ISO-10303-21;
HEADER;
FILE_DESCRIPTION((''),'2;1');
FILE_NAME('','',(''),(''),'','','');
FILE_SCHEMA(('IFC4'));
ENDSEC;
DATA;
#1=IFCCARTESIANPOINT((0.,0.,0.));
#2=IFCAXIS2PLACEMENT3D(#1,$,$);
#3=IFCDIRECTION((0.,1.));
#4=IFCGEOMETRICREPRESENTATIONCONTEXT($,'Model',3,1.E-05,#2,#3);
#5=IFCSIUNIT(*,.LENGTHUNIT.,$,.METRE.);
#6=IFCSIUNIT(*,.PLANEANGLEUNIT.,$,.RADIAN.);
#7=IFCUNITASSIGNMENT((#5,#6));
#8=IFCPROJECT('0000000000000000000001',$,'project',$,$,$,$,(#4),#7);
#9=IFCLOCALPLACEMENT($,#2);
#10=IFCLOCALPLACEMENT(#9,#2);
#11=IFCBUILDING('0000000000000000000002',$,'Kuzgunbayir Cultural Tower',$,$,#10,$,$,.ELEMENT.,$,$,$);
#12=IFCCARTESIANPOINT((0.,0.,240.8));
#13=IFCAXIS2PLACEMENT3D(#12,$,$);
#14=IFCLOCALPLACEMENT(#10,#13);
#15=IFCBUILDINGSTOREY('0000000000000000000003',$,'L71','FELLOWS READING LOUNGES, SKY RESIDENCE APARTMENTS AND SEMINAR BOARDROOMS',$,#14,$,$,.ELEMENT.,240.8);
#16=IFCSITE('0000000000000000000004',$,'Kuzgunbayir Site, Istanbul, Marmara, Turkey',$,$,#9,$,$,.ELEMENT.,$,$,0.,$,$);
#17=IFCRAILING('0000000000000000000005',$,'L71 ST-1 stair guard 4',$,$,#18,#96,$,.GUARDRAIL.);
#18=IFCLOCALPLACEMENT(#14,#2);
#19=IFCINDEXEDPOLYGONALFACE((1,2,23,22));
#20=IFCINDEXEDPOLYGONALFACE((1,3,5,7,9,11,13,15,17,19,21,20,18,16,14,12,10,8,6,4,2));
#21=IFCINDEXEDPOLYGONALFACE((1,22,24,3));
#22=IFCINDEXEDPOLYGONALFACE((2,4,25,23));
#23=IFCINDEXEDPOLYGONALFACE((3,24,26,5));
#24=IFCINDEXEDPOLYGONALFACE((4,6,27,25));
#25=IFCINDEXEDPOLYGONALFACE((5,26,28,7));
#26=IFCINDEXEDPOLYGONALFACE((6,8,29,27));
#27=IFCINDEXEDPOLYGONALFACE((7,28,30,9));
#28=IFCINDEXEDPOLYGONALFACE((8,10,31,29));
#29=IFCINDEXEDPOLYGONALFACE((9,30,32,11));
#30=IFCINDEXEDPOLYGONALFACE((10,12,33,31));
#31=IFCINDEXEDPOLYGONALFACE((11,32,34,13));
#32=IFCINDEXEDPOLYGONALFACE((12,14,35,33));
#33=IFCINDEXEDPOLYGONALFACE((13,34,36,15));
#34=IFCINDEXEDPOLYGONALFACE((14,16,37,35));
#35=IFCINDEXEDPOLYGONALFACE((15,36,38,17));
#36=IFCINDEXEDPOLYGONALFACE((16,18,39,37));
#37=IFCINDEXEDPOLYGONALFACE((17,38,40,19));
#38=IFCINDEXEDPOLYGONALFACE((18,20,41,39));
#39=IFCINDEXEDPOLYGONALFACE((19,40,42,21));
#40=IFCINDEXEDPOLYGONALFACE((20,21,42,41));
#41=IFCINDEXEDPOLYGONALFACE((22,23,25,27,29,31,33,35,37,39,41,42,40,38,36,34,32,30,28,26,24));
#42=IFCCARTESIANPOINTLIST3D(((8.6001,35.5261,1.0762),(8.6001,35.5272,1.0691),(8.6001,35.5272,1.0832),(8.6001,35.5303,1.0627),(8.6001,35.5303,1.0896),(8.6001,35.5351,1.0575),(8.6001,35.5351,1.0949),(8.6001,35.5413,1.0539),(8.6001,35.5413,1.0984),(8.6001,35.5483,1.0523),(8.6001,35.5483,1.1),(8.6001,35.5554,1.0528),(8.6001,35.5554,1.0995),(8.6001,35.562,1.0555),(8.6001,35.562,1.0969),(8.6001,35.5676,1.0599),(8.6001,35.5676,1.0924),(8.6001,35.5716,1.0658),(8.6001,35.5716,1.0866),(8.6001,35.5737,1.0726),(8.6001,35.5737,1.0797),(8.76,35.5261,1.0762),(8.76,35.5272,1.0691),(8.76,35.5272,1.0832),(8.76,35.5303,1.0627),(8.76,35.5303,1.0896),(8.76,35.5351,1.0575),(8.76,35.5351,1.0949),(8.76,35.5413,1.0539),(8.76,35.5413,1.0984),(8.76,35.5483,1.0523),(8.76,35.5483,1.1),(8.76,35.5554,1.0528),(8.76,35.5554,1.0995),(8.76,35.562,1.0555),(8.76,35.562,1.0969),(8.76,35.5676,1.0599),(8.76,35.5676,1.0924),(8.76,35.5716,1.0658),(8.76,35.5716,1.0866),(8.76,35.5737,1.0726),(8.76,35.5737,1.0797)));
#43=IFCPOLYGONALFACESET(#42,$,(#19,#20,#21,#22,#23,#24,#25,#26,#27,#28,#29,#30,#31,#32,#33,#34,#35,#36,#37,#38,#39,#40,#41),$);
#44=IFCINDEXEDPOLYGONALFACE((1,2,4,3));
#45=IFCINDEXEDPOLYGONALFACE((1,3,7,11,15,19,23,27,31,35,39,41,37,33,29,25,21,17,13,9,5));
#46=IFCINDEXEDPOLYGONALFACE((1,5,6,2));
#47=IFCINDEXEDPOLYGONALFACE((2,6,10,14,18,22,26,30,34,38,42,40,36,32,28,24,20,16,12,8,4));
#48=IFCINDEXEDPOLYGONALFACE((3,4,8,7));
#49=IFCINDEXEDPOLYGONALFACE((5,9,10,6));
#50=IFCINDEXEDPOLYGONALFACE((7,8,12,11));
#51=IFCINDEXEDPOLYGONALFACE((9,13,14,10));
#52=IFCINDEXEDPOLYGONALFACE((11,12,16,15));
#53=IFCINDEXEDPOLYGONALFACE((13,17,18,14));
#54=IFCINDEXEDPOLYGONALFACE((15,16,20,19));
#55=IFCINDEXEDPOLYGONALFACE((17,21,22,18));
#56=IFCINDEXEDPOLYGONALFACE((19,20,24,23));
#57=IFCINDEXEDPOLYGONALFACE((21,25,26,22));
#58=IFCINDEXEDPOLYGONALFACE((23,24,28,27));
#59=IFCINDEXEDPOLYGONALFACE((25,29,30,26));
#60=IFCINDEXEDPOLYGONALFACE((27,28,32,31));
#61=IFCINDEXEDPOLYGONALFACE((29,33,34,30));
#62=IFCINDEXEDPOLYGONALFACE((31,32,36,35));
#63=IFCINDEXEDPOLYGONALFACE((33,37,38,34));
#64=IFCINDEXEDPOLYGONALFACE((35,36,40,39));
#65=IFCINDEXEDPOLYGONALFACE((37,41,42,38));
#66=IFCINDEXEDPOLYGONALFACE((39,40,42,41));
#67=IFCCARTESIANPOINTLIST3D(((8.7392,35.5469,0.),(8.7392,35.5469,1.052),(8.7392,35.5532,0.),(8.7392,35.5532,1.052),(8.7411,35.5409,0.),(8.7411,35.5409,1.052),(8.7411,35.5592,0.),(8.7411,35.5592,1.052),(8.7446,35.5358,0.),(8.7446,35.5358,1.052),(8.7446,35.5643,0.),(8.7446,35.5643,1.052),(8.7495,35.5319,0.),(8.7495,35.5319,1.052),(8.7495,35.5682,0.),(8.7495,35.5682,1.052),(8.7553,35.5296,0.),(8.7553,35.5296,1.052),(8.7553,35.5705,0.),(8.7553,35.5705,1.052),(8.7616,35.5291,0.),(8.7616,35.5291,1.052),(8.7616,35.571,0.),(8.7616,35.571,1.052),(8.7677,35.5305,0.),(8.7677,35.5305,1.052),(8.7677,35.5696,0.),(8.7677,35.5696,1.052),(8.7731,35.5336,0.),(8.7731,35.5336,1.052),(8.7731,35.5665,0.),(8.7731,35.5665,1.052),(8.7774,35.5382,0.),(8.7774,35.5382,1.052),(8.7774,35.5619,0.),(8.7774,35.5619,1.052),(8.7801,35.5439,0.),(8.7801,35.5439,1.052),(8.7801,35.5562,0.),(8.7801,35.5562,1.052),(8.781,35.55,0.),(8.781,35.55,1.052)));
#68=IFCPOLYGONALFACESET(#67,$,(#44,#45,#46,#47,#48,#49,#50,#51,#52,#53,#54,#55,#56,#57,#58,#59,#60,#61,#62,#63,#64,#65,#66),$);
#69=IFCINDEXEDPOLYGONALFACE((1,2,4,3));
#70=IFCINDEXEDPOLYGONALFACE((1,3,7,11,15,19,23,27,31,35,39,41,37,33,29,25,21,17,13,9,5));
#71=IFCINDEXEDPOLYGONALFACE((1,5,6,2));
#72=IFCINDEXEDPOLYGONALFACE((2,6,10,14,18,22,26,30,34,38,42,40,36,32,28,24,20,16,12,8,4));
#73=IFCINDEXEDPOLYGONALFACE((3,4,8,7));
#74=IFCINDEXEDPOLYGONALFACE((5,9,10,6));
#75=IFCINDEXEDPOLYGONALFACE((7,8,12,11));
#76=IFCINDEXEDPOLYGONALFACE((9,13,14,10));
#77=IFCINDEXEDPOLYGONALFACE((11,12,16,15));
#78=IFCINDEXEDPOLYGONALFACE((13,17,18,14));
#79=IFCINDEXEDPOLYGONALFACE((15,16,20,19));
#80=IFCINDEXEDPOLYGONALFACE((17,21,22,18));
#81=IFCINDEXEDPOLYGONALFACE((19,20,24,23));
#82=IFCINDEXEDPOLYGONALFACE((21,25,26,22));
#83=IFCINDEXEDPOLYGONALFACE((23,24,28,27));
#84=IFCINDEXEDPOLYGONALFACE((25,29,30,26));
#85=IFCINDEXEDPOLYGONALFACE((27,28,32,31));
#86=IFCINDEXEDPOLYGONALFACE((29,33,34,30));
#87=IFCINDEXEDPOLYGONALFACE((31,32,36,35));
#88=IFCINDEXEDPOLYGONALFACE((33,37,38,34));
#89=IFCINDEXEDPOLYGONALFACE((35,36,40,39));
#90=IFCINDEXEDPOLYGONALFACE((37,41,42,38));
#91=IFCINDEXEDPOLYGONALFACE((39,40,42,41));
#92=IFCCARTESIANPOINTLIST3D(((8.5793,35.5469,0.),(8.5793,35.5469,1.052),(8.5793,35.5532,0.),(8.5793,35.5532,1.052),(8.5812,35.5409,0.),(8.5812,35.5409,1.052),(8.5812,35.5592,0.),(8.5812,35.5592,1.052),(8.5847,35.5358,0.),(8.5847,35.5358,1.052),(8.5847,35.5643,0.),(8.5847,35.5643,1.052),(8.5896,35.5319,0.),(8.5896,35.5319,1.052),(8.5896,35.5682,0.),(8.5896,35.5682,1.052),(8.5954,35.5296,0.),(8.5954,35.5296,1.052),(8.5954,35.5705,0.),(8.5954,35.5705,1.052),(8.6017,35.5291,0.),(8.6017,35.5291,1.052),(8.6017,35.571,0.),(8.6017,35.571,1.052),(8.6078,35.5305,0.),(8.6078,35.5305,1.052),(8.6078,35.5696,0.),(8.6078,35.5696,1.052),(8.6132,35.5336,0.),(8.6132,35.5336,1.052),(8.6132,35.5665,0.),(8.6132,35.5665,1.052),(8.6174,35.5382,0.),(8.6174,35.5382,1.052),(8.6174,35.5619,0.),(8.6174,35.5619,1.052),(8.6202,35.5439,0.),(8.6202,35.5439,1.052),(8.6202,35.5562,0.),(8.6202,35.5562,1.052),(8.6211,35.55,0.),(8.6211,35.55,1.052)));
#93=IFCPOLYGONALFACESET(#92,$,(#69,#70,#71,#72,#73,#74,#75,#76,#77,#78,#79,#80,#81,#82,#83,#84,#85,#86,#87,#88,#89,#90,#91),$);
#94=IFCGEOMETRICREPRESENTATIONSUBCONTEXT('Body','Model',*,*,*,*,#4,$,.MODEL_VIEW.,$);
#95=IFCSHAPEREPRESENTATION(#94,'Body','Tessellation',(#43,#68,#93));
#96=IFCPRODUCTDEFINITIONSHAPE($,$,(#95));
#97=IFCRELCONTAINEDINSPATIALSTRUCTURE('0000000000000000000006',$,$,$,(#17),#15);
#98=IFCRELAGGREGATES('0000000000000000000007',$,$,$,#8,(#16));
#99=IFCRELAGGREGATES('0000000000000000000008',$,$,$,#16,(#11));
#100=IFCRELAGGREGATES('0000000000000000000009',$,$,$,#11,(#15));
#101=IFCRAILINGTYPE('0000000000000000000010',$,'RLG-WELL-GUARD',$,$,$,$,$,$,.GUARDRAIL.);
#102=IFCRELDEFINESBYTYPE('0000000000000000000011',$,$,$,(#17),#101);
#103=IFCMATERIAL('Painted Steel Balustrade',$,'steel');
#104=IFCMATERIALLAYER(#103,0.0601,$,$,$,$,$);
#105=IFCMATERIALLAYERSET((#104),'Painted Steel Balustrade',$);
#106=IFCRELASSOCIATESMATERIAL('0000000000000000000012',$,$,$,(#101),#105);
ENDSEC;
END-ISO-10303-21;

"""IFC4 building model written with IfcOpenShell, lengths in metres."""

from ifc_helpers import new_model, si_unit, direction, frame, origin, origin_2d, place, context, subcontext, project, spatial, circle, extrude, material, layer, layer_set, type_object, element, save


model = new_model("IFC4")

# Units and contexts
model_context = context("Model", 3, precision=1e-05, world=origin(), true_north=direction((0.0, 1.0)))
body_context = subcontext(model_context, "Body", "Model", "MODEL_VIEW")
ifc_project = project(units=[si_unit("LENGTHUNIT", "METRE"), si_unit("PLANEANGLEUNIT", "RADIAN")], contexts=[model_context])

# Site, building, storey
site_placement = place(None, origin())
site = spatial("IfcSite", under=ifc_project, at=site_placement, Name="Kuzgunbayir Site, Istanbul, Marmara, Turkey", CompositionType="ELEMENT", RefElevation=0.0)
building_placement = place(site_placement, origin())
building = spatial("IfcBuilding", under=site, at=building_placement, Name="Kuzgunbayir Cultural Tower", CompositionType="ELEMENT")
storey_placement = place(building_placement, frame((0.0, 0.0, 240.8)))
storey = spatial("IfcBuildingStorey", under=building, at=storey_placement, Name="L71", Description="FELLOWS READING LOUNGES, SKY RESIDENCE APARTMENTS AND SEMINAR BOARDROOMS", CompositionType="ELEMENT", Elevation=240.8)

# Railing
ifc_material_1 = material(Name="Painted Steel Balustrade", Category="steel")
ifc_layer_1 = layer(ifc_material_1, 0.0601)
ifc_layer_set_1 = layer_set([ifc_layer_1], Name="Painted Steel Balustrade")
railing_type_1 = type_object("IfcRailingType", Name="RLG-WELL-GUARD", PredefinedType="GUARDRAIL", material=ifc_layer_set_1)
railing_1_placement = place(storey_placement, frame((8.76, 35.55, 0.0)))
element("IfcRailing", 1, at=railing_1_placement, inside=storey, type_object=railing_type_1, Name="L71 ST-1 stair guard 4", PredefinedType="GUARDRAIL", context=body_context, shape_type="SweptSolid", body=[
    extrude(circle(Radius=0.0239, at=origin_2d()), frame((0.0, 0.0, 1.0762), z_axis=(-1.0, 0.0, 0.0), x_axis=(0.0, -1.0, 0.0)), (0.0, 0.0, 1.0), 0.1599),
    extrude(circle(Radius=0.021, at=origin_2d()), origin(), (0.0, 0.0, 1.0), 1.052),
    extrude(circle(Radius=0.021, at=origin_2d()), frame((-0.1599, 0.0, 0.0)), (0.0, 0.0, 1.0), 1.052),
])

save(model, "model.ifc")
